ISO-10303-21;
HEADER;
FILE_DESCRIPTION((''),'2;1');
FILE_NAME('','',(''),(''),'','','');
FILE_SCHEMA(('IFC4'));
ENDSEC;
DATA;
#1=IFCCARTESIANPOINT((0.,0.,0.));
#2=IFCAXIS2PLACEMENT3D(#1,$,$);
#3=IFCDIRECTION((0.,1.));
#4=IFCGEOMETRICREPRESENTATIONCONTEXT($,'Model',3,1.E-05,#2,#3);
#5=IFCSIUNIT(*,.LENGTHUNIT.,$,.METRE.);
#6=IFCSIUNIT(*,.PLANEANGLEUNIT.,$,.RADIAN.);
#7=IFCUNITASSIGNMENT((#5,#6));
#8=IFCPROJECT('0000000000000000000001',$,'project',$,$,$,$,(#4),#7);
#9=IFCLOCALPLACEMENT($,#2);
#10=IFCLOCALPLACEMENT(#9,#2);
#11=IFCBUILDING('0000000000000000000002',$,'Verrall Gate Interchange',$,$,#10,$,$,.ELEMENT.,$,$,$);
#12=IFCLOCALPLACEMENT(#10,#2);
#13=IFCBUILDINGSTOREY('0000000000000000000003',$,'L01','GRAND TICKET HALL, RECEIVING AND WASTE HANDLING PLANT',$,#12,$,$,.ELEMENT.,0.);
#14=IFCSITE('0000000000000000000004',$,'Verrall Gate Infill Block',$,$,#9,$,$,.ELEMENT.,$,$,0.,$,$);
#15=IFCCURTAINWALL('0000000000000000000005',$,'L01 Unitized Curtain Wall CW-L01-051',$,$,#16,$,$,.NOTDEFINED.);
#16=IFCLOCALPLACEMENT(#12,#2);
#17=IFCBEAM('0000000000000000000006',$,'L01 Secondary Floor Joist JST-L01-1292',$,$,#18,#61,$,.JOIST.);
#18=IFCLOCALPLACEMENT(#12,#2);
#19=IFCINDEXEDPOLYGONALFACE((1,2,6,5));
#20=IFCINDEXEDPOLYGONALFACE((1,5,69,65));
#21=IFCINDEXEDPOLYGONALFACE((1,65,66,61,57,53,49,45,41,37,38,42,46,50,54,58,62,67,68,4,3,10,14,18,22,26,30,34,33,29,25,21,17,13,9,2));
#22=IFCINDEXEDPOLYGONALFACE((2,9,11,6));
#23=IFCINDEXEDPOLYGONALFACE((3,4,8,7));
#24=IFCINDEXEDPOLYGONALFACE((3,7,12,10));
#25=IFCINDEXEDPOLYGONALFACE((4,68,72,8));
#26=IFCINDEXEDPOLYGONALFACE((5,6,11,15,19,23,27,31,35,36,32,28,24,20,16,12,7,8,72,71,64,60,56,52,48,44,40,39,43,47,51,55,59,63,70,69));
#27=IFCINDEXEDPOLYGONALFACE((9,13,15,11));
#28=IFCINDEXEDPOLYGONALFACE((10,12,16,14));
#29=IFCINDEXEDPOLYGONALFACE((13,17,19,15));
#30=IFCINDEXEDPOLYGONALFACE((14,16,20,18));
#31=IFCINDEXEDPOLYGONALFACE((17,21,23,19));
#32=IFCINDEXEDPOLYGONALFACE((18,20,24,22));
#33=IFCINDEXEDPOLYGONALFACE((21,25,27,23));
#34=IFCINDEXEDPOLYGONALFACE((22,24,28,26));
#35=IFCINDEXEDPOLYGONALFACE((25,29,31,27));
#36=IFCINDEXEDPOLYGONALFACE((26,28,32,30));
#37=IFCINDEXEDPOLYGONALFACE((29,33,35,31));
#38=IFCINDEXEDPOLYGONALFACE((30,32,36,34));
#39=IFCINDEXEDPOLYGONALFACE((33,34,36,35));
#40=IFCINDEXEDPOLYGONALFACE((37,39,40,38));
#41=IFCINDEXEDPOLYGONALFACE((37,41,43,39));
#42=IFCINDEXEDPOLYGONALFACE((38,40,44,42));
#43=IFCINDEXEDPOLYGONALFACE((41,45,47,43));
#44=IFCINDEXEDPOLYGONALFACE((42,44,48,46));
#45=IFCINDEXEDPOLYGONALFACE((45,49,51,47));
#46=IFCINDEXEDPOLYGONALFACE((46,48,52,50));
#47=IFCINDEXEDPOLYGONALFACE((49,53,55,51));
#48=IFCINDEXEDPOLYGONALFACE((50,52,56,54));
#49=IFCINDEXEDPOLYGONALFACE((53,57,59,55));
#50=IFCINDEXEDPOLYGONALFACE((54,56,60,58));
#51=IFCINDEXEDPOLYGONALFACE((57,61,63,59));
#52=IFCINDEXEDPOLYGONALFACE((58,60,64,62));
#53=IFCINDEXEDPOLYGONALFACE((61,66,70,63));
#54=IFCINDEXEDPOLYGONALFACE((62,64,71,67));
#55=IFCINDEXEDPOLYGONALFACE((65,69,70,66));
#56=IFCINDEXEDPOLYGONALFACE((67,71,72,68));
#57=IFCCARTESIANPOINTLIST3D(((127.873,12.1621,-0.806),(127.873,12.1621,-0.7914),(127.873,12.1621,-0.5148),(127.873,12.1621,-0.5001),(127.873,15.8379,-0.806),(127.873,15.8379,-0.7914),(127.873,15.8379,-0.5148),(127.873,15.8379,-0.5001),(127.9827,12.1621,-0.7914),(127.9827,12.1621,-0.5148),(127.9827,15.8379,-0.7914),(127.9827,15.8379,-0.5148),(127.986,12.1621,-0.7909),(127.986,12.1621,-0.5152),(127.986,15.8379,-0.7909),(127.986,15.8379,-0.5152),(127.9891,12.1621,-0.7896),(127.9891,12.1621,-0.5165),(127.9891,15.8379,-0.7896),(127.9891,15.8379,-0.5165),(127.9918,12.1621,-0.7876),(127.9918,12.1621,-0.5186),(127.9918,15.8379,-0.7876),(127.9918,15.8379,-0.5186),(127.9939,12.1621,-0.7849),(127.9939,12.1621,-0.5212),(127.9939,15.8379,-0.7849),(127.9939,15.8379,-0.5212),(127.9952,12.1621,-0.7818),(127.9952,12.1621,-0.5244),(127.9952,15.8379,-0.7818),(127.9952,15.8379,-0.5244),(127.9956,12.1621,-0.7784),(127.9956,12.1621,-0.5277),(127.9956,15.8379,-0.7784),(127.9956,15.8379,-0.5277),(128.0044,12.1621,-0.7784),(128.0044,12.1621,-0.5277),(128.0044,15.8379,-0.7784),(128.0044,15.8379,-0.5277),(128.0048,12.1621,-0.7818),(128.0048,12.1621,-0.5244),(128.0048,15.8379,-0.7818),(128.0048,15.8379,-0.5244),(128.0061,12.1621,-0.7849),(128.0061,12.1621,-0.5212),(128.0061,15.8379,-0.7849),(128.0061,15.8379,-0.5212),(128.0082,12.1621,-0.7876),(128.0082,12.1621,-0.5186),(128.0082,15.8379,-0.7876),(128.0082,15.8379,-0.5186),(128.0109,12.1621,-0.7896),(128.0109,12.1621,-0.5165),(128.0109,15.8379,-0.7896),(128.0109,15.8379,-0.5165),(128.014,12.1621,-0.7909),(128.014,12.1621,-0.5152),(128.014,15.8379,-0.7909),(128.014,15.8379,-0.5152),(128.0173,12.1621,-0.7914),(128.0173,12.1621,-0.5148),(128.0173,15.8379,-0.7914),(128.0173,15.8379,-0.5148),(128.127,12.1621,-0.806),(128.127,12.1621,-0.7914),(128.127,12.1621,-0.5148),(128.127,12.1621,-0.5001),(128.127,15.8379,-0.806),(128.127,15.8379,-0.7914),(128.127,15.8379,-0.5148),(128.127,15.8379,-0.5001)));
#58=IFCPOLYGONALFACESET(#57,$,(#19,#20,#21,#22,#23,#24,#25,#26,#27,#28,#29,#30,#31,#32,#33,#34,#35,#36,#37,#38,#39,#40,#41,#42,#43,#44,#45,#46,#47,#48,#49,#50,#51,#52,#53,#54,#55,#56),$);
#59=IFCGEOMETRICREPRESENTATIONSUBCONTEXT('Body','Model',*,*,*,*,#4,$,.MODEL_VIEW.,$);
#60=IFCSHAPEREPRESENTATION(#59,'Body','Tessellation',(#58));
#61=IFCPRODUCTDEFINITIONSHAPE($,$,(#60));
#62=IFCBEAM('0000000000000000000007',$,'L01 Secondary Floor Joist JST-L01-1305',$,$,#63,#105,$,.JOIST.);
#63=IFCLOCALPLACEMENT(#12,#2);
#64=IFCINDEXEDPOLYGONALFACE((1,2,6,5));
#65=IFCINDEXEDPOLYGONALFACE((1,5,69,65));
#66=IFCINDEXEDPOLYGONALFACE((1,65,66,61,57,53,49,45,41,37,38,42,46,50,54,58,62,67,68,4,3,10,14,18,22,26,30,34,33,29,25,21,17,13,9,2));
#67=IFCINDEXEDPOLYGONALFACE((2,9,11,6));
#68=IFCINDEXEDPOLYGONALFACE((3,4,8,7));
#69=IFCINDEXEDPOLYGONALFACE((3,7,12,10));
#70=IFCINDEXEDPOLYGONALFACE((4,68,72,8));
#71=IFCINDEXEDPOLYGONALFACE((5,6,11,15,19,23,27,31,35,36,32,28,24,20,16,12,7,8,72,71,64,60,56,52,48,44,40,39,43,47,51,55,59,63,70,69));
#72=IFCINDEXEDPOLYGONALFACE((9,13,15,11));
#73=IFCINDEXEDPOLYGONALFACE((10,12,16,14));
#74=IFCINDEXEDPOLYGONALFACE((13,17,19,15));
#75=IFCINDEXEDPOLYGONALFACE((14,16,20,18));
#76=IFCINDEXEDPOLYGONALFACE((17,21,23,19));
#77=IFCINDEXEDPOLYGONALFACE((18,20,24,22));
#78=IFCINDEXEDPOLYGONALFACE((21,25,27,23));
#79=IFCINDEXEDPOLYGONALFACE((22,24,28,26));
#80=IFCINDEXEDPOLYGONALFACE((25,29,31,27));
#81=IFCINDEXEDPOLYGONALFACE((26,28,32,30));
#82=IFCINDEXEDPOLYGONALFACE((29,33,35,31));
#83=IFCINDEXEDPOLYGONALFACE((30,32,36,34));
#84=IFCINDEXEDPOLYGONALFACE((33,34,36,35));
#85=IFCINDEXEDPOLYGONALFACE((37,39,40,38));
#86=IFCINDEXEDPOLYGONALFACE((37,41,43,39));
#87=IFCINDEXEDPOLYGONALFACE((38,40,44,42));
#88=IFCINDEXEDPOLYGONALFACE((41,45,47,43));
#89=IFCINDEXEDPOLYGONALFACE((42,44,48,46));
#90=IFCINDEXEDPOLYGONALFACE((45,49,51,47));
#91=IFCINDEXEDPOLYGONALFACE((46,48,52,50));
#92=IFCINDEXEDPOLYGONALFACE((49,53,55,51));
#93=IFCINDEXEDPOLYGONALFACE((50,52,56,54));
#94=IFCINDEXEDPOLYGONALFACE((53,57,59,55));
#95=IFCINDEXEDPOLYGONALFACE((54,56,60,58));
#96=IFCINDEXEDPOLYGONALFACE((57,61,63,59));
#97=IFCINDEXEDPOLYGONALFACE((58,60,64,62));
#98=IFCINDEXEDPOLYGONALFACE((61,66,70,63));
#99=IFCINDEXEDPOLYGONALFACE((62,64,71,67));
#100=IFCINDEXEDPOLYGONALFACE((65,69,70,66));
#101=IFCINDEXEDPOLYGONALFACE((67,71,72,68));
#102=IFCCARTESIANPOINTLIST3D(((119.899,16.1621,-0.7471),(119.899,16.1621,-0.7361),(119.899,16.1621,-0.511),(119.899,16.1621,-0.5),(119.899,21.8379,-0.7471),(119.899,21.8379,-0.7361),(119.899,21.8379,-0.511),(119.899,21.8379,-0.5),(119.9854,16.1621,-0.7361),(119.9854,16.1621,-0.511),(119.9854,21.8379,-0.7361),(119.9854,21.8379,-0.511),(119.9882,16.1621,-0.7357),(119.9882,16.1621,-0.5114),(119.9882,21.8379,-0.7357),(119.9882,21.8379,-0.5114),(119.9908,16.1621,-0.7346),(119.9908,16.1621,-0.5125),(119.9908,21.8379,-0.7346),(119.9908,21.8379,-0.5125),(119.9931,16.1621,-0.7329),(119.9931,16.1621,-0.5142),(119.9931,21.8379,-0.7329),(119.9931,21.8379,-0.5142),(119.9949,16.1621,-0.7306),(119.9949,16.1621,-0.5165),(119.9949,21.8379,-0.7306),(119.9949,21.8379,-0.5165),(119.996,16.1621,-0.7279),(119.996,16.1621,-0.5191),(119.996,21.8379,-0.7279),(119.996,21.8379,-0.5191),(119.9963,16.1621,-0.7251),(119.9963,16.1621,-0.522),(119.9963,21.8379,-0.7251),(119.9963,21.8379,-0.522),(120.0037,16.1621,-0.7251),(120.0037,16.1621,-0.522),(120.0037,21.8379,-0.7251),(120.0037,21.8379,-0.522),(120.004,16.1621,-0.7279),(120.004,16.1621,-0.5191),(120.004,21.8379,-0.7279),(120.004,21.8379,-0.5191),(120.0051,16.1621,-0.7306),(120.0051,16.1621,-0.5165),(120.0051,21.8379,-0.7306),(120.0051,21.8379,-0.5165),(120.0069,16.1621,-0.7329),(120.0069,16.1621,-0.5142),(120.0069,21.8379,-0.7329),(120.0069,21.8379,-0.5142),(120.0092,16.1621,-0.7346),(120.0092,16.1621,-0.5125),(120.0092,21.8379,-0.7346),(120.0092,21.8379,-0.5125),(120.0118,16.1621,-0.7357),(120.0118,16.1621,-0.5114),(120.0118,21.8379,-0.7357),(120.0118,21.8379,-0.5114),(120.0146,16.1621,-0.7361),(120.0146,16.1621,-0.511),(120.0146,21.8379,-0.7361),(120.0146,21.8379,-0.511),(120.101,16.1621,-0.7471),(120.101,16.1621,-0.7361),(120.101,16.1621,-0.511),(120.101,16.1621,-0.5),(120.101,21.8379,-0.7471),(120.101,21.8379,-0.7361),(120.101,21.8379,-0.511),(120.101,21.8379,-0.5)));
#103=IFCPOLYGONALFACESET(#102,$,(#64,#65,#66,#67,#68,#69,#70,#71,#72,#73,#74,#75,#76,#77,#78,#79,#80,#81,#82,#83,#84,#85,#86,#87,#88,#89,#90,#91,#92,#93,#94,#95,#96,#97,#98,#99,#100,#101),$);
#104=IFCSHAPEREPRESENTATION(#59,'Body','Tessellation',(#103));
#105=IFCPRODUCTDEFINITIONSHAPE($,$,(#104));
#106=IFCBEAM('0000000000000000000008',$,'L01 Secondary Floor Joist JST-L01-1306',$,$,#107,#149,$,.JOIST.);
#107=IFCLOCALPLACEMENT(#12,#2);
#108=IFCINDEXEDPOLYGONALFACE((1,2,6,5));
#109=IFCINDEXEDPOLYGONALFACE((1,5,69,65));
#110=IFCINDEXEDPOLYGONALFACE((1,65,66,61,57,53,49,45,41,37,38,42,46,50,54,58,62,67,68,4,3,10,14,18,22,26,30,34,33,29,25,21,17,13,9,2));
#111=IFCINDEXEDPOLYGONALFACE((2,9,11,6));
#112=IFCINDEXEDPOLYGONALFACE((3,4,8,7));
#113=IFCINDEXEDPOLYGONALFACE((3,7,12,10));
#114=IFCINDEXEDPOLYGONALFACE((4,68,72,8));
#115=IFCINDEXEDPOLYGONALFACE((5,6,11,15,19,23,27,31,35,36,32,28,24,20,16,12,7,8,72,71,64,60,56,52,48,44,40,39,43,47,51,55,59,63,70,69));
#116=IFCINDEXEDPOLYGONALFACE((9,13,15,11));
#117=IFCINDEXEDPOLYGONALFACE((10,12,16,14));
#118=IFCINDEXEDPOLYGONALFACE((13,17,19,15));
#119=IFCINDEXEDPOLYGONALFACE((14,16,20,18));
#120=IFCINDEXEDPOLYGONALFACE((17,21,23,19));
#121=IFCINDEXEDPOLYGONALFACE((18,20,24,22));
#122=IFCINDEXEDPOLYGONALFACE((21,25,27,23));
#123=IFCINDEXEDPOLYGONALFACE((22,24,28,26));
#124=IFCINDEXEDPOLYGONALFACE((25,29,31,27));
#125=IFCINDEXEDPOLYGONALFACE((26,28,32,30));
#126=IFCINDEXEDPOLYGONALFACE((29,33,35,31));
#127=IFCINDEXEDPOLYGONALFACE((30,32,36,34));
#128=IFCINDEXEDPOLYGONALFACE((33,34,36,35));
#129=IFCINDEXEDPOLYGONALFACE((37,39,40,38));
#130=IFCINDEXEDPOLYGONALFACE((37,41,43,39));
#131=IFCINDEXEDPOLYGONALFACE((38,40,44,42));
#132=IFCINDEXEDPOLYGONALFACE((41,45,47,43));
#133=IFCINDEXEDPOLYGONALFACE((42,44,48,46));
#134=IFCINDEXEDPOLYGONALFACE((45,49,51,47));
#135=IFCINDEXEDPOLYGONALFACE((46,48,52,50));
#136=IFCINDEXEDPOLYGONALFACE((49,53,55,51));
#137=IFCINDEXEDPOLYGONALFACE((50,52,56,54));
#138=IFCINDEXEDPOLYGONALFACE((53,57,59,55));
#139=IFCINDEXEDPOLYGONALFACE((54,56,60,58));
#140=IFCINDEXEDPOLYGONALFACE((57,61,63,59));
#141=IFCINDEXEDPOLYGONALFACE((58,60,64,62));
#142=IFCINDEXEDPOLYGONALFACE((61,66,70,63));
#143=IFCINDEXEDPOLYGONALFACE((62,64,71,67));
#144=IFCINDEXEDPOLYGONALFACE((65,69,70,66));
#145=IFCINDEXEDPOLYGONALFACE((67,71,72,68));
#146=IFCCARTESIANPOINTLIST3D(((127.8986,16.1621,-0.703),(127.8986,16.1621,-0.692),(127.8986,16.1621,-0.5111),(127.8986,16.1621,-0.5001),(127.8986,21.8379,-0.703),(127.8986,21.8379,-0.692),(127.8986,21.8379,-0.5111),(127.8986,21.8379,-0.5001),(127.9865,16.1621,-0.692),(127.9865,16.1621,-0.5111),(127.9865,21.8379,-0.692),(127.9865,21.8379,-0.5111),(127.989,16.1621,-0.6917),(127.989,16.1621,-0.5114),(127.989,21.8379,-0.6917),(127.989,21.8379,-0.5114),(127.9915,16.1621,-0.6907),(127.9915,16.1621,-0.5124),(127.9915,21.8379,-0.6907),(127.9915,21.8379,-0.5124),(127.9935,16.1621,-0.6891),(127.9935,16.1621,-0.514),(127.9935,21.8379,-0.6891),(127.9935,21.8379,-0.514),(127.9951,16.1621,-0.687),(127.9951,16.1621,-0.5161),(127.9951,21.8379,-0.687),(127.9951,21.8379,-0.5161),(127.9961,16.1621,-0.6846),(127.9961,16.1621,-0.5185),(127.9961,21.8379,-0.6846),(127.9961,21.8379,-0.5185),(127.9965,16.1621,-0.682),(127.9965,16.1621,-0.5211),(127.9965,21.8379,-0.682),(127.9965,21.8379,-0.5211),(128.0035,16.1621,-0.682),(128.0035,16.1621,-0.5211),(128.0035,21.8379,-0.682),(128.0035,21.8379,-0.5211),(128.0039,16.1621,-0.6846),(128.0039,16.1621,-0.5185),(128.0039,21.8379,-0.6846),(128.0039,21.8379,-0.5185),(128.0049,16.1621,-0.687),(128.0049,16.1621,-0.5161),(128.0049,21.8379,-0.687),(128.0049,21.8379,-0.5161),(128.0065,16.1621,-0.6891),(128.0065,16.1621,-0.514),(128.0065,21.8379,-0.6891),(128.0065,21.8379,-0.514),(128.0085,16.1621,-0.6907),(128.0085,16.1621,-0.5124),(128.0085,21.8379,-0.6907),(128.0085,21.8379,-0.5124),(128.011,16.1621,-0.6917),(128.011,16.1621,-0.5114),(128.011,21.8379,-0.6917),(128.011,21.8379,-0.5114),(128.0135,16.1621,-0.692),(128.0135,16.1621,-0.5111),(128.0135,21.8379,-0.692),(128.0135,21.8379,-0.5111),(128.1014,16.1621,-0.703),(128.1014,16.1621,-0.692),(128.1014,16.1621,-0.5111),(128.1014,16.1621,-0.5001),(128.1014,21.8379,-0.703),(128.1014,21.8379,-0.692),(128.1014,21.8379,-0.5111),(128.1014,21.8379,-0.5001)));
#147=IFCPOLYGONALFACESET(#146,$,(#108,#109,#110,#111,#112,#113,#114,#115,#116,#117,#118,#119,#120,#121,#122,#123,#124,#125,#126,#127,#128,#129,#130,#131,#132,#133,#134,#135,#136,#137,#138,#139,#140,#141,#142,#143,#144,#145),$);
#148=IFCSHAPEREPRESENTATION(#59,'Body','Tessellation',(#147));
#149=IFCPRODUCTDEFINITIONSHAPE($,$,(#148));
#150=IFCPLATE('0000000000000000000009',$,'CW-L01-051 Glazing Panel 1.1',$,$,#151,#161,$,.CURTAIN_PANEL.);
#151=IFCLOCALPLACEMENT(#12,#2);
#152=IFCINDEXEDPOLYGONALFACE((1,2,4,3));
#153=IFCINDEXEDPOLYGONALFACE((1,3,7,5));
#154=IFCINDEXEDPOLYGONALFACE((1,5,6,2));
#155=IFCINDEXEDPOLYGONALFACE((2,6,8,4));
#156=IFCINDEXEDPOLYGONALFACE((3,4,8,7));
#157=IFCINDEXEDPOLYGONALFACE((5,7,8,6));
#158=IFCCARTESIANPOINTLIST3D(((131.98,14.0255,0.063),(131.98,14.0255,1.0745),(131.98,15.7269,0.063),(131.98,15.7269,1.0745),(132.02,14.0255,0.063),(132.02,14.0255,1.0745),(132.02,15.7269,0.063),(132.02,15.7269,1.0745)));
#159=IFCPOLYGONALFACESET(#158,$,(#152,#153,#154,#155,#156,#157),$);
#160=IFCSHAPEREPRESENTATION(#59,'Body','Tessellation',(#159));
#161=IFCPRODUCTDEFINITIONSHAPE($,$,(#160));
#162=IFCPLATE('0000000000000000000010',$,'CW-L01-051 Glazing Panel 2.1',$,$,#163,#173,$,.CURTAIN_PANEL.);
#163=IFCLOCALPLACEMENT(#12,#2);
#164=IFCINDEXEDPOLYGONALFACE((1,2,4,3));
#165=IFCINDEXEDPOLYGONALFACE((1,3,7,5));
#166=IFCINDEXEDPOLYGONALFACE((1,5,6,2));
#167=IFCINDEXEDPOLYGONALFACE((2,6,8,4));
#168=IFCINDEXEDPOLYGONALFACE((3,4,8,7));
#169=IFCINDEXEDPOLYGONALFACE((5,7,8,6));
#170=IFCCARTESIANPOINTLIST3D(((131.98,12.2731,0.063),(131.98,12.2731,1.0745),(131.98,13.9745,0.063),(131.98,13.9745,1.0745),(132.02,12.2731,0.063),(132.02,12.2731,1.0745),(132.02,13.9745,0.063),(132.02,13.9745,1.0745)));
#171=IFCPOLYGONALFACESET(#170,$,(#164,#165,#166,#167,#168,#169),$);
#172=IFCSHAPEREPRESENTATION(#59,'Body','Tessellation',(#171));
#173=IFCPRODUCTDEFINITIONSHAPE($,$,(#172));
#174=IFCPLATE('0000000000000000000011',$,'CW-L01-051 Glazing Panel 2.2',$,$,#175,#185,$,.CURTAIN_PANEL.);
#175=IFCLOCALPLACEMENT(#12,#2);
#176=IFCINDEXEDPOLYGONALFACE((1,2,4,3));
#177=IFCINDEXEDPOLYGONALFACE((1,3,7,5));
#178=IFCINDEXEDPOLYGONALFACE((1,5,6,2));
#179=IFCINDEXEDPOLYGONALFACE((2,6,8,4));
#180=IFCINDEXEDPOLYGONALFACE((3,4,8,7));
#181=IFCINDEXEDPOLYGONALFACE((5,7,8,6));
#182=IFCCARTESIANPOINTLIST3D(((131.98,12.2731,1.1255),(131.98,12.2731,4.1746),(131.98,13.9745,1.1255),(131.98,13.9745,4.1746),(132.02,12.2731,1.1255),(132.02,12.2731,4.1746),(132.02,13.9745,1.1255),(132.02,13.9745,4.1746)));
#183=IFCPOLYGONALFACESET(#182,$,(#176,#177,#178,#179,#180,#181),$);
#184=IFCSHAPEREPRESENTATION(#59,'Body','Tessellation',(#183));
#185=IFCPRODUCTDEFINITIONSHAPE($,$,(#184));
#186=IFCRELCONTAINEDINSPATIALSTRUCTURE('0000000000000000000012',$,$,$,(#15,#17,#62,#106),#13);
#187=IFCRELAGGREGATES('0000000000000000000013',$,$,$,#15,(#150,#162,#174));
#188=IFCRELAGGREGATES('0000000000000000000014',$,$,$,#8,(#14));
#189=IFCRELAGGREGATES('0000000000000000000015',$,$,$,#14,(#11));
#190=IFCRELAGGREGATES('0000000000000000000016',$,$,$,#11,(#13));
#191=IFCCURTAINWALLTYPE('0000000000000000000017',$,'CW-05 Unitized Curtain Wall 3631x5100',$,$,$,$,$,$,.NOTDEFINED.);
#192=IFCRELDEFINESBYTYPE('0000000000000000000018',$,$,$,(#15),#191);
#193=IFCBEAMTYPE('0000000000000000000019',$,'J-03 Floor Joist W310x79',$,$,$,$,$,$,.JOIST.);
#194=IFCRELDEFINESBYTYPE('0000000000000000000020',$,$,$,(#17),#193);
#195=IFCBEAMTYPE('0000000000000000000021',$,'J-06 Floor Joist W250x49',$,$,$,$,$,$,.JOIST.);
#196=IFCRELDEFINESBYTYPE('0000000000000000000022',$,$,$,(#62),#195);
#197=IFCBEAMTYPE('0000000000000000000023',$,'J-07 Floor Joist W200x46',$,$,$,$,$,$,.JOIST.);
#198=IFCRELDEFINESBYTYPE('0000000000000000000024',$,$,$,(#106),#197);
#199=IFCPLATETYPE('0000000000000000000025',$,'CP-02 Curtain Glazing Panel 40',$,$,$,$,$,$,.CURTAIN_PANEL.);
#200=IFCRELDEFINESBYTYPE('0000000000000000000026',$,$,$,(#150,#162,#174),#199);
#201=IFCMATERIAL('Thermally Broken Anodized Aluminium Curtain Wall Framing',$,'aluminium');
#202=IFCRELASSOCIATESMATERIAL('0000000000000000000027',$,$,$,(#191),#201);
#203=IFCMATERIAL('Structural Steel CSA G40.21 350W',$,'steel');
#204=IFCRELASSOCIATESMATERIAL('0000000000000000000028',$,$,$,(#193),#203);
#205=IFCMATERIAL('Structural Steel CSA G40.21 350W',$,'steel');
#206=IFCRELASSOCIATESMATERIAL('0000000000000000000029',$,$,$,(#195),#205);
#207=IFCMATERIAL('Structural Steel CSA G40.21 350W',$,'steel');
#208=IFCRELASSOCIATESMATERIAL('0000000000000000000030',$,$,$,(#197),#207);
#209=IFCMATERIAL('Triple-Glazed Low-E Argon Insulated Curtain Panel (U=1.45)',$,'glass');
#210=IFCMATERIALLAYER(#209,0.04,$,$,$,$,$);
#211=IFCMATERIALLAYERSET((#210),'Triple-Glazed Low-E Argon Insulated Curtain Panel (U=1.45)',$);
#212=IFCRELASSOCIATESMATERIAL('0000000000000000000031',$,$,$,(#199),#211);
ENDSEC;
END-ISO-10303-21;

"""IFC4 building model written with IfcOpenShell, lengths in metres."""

from ifc_helpers import new_model, si_unit, direction, frame, origin, origin_2d, place, context, subcontext, project, spatial, rectangle, i_section, extrude, material, layer, layer_set, material_profile, profile_set, type_object, element, aggregate, save


model = new_model("IFC4")

# Units and contexts
model_context = context("Model", 3, precision=1e-05, world=origin(), true_north=direction((0.0, 1.0)))
body_context = subcontext(model_context, "Body", "Model", "MODEL_VIEW")
ifc_project = project(units=[si_unit("LENGTHUNIT", "METRE"), si_unit("PLANEANGLEUNIT", "RADIAN")], contexts=[model_context])

# Site, building, storey
site_placement = place(None, origin())
site = spatial("IfcSite", under=ifc_project, at=site_placement, Name="Verrall Gate Infill Block", CompositionType="ELEMENT", RefElevation=0.0)
building_placement = place(site_placement, origin())
building = spatial("IfcBuilding", under=site, at=building_placement, Name="Verrall Gate Interchange", CompositionType="ELEMENT")
storey_placement = place(building_placement, origin())
storey = spatial("IfcBuildingStorey", under=building, at=storey_placement, Name="L01", Description="GRAND TICKET HALL, RECEIVING AND WASTE HANDLING PLANT", CompositionType="ELEMENT", Elevation=0.0)

# Curtain wall
ifc_material_1 = material(Name="Thermally Broken Anodized Aluminium Curtain Wall Framing", Category="aluminium")
curtain_wall_type = type_object("IfcCurtainWallType", Name="CW-05 Unitized Curtain Wall 3631x5100", PredefinedType="NOTDEFINED", material=ifc_material_1)
curtain_wall_placement = place(storey_placement, origin())
curtain_wall = element("IfcCurtainWall", 1, at=curtain_wall_placement, inside=storey, type_object=curtain_wall_type, Name="L01 Unitized Curtain Wall CW-L01-051", PredefinedType="NOTDEFINED")

# Beams
ifc_material_2 = material(Name="Structural Steel CSA G40.21 350W", Category="steel")
ifc_material_profile_1 = material_profile(ifc_material_2, i_section(OverallWidth=0.2539, OverallDepth=0.3059, WebThickness=0.0088, FlangeThickness=0.0146, FilletRadius=0.0129, at=origin_2d()), Name="W310x79")
ifc_profile_set_1 = profile_set([ifc_material_profile_1], Name="Structural Steel CSA G40.21 350W")
beam_type_1 = type_object("IfcBeamType", Name="J-03 Floor Joist W310x79", PredefinedType="JOIST", material=ifc_profile_set_1)
beam_1_placement = place(storey_placement, frame((128.0, 12.1621, -0.6531), z_axis=(0.0, 1.0, 0.0), x_axis=(-1.0, 0.0, 0.0)))
element("IfcBeam", 2, at=beam_1_placement, inside=storey, type_object=beam_type_1, Name="L01 Secondary Floor Joist JST-L01-1292", PredefinedType="JOIST", context=body_context, shape_type="SweptSolid", body=[
    extrude(i_section(OverallWidth=0.2539, OverallDepth=0.3059, WebThickness=0.0088, FlangeThickness=0.0146, FilletRadius=0.0129, at=origin_2d()), origin(), (0.0, 0.0, 1.0), 3.6758),
])
ifc_material_3 = material(Name="Structural Steel CSA G40.21 350W", Category="steel")
ifc_material_profile_2 = material_profile(ifc_material_3, i_section(OverallWidth=0.2019, OverallDepth=0.2471, WebThickness=0.0073, FlangeThickness=0.011, FilletRadius=0.011, at=origin_2d()), Name="W250x49")
ifc_profile_set_2 = profile_set([ifc_material_profile_2], Name="Structural Steel CSA G40.21 350W")
beam_type_2 = type_object("IfcBeamType", Name="J-06 Floor Joist W250x49", PredefinedType="JOIST", material=ifc_profile_set_2)
beam_2_placement = place(storey_placement, frame((120.0, 16.1621, -0.6235), z_axis=(0.0, 1.0, 0.0), x_axis=(-1.0, 0.0, 0.0)))
element("IfcBeam", 3, at=beam_2_placement, inside=storey, type_object=beam_type_2, Name="L01 Secondary Floor Joist JST-L01-1305", PredefinedType="JOIST", context=body_context, shape_type="SweptSolid", body=[
    extrude(i_section(OverallWidth=0.2019, OverallDepth=0.2471, WebThickness=0.0073, FlangeThickness=0.011, FilletRadius=0.011, at=origin_2d()), origin(), (0.0, 0.0, 1.0), 5.6758),
])
ifc_material_4 = material(Name="Structural Steel CSA G40.21 350W", Category="steel")
ifc_material_profile_3 = material_profile(ifc_material_4, i_section(OverallWidth=0.2029, OverallDepth=0.2029, WebThickness=0.0071, FlangeThickness=0.011, FilletRadius=0.01, at=origin_2d()), Name="W200x46")
ifc_profile_set_3 = profile_set([ifc_material_profile_3], Name="Structural Steel CSA G40.21 350W")
beam_type_3 = type_object("IfcBeamType", Name="J-07 Floor Joist W200x46", PredefinedType="JOIST", material=ifc_profile_set_3)
beam_3_placement = place(storey_placement, frame((128.0, 16.1621, -0.6016), z_axis=(0.0, 1.0, 0.0), x_axis=(-1.0, 0.0, 0.0)))
element("IfcBeam", 4, at=beam_3_placement, inside=storey, type_object=beam_type_3, Name="L01 Secondary Floor Joist JST-L01-1306", PredefinedType="JOIST", context=body_context, shape_type="SweptSolid", body=[
    extrude(i_section(OverallWidth=0.2029, OverallDepth=0.2029, WebThickness=0.0071, FlangeThickness=0.011, FilletRadius=0.01, at=origin_2d()), origin(), (0.0, 0.0, 1.0), 5.6758),
])

# Plates
ifc_material_5 = material(Name="Triple-Glazed Low-E Argon Insulated Curtain Panel (U=1.45)", Category="glass")
ifc_layer_1 = layer(ifc_material_5, 0.04)
ifc_layer_set_1 = layer_set([ifc_layer_1], Name="Triple-Glazed Low-E Argon Insulated Curtain Panel (U=1.45)")
plate_type = type_object("IfcPlateType", Name="CP-02 Curtain Glazing Panel 40", PredefinedType="CURTAIN_PANEL", material=ifc_layer_set_1)
plate_1_placement = place(storey_placement, frame((132.0, 14.8762, 0.063), z_axis=(0.0, 0.0, 1.0), x_axis=(0.0, -1.0, 0.0)))
plate_1 = element("IfcPlate", 5, at=plate_1_placement, type_object=plate_type, Name="CW-L01-051 Glazing Panel 1.1", PredefinedType="CURTAIN_PANEL", context=body_context, shape_type="SweptSolid", body=[
    extrude(rectangle(XDim=1.7014, YDim=0.04, at=origin_2d()), origin(), (0.0, 0.0, 1.0), 1.0115),
])
plate_2_placement = place(storey_placement, frame((132.0, 13.1238, 0.063), z_axis=(0.0, 0.0, 1.0), x_axis=(0.0, -1.0, 0.0)))
plate_2 = element("IfcPlate", 6, at=plate_2_placement, type_object=plate_type, Name="CW-L01-051 Glazing Panel 2.1", PredefinedType="CURTAIN_PANEL", context=body_context, shape_type="SweptSolid", body=[
    extrude(rectangle(XDim=1.7014, YDim=0.04, at=origin_2d()), origin(), (0.0, 0.0, 1.0), 1.0115),
])
plate_3_placement = place(storey_placement, frame((132.0, 13.1238, 1.1255), z_axis=(0.0, 0.0, 1.0), x_axis=(0.0, -1.0, 0.0)))
plate_3 = element("IfcPlate", 7, at=plate_3_placement, type_object=plate_type, Name="CW-L01-051 Glazing Panel 2.2", PredefinedType="CURTAIN_PANEL", context=body_context, shape_type="SweptSolid", body=[
    extrude(rectangle(XDim=1.7014, YDim=0.04, at=origin_2d()), origin(), (0.0, 0.0, 1.0), 3.0491),
])
aggregate(curtain_wall, [plate_1, plate_2, plate_3])

save(model, "model.ifc")
